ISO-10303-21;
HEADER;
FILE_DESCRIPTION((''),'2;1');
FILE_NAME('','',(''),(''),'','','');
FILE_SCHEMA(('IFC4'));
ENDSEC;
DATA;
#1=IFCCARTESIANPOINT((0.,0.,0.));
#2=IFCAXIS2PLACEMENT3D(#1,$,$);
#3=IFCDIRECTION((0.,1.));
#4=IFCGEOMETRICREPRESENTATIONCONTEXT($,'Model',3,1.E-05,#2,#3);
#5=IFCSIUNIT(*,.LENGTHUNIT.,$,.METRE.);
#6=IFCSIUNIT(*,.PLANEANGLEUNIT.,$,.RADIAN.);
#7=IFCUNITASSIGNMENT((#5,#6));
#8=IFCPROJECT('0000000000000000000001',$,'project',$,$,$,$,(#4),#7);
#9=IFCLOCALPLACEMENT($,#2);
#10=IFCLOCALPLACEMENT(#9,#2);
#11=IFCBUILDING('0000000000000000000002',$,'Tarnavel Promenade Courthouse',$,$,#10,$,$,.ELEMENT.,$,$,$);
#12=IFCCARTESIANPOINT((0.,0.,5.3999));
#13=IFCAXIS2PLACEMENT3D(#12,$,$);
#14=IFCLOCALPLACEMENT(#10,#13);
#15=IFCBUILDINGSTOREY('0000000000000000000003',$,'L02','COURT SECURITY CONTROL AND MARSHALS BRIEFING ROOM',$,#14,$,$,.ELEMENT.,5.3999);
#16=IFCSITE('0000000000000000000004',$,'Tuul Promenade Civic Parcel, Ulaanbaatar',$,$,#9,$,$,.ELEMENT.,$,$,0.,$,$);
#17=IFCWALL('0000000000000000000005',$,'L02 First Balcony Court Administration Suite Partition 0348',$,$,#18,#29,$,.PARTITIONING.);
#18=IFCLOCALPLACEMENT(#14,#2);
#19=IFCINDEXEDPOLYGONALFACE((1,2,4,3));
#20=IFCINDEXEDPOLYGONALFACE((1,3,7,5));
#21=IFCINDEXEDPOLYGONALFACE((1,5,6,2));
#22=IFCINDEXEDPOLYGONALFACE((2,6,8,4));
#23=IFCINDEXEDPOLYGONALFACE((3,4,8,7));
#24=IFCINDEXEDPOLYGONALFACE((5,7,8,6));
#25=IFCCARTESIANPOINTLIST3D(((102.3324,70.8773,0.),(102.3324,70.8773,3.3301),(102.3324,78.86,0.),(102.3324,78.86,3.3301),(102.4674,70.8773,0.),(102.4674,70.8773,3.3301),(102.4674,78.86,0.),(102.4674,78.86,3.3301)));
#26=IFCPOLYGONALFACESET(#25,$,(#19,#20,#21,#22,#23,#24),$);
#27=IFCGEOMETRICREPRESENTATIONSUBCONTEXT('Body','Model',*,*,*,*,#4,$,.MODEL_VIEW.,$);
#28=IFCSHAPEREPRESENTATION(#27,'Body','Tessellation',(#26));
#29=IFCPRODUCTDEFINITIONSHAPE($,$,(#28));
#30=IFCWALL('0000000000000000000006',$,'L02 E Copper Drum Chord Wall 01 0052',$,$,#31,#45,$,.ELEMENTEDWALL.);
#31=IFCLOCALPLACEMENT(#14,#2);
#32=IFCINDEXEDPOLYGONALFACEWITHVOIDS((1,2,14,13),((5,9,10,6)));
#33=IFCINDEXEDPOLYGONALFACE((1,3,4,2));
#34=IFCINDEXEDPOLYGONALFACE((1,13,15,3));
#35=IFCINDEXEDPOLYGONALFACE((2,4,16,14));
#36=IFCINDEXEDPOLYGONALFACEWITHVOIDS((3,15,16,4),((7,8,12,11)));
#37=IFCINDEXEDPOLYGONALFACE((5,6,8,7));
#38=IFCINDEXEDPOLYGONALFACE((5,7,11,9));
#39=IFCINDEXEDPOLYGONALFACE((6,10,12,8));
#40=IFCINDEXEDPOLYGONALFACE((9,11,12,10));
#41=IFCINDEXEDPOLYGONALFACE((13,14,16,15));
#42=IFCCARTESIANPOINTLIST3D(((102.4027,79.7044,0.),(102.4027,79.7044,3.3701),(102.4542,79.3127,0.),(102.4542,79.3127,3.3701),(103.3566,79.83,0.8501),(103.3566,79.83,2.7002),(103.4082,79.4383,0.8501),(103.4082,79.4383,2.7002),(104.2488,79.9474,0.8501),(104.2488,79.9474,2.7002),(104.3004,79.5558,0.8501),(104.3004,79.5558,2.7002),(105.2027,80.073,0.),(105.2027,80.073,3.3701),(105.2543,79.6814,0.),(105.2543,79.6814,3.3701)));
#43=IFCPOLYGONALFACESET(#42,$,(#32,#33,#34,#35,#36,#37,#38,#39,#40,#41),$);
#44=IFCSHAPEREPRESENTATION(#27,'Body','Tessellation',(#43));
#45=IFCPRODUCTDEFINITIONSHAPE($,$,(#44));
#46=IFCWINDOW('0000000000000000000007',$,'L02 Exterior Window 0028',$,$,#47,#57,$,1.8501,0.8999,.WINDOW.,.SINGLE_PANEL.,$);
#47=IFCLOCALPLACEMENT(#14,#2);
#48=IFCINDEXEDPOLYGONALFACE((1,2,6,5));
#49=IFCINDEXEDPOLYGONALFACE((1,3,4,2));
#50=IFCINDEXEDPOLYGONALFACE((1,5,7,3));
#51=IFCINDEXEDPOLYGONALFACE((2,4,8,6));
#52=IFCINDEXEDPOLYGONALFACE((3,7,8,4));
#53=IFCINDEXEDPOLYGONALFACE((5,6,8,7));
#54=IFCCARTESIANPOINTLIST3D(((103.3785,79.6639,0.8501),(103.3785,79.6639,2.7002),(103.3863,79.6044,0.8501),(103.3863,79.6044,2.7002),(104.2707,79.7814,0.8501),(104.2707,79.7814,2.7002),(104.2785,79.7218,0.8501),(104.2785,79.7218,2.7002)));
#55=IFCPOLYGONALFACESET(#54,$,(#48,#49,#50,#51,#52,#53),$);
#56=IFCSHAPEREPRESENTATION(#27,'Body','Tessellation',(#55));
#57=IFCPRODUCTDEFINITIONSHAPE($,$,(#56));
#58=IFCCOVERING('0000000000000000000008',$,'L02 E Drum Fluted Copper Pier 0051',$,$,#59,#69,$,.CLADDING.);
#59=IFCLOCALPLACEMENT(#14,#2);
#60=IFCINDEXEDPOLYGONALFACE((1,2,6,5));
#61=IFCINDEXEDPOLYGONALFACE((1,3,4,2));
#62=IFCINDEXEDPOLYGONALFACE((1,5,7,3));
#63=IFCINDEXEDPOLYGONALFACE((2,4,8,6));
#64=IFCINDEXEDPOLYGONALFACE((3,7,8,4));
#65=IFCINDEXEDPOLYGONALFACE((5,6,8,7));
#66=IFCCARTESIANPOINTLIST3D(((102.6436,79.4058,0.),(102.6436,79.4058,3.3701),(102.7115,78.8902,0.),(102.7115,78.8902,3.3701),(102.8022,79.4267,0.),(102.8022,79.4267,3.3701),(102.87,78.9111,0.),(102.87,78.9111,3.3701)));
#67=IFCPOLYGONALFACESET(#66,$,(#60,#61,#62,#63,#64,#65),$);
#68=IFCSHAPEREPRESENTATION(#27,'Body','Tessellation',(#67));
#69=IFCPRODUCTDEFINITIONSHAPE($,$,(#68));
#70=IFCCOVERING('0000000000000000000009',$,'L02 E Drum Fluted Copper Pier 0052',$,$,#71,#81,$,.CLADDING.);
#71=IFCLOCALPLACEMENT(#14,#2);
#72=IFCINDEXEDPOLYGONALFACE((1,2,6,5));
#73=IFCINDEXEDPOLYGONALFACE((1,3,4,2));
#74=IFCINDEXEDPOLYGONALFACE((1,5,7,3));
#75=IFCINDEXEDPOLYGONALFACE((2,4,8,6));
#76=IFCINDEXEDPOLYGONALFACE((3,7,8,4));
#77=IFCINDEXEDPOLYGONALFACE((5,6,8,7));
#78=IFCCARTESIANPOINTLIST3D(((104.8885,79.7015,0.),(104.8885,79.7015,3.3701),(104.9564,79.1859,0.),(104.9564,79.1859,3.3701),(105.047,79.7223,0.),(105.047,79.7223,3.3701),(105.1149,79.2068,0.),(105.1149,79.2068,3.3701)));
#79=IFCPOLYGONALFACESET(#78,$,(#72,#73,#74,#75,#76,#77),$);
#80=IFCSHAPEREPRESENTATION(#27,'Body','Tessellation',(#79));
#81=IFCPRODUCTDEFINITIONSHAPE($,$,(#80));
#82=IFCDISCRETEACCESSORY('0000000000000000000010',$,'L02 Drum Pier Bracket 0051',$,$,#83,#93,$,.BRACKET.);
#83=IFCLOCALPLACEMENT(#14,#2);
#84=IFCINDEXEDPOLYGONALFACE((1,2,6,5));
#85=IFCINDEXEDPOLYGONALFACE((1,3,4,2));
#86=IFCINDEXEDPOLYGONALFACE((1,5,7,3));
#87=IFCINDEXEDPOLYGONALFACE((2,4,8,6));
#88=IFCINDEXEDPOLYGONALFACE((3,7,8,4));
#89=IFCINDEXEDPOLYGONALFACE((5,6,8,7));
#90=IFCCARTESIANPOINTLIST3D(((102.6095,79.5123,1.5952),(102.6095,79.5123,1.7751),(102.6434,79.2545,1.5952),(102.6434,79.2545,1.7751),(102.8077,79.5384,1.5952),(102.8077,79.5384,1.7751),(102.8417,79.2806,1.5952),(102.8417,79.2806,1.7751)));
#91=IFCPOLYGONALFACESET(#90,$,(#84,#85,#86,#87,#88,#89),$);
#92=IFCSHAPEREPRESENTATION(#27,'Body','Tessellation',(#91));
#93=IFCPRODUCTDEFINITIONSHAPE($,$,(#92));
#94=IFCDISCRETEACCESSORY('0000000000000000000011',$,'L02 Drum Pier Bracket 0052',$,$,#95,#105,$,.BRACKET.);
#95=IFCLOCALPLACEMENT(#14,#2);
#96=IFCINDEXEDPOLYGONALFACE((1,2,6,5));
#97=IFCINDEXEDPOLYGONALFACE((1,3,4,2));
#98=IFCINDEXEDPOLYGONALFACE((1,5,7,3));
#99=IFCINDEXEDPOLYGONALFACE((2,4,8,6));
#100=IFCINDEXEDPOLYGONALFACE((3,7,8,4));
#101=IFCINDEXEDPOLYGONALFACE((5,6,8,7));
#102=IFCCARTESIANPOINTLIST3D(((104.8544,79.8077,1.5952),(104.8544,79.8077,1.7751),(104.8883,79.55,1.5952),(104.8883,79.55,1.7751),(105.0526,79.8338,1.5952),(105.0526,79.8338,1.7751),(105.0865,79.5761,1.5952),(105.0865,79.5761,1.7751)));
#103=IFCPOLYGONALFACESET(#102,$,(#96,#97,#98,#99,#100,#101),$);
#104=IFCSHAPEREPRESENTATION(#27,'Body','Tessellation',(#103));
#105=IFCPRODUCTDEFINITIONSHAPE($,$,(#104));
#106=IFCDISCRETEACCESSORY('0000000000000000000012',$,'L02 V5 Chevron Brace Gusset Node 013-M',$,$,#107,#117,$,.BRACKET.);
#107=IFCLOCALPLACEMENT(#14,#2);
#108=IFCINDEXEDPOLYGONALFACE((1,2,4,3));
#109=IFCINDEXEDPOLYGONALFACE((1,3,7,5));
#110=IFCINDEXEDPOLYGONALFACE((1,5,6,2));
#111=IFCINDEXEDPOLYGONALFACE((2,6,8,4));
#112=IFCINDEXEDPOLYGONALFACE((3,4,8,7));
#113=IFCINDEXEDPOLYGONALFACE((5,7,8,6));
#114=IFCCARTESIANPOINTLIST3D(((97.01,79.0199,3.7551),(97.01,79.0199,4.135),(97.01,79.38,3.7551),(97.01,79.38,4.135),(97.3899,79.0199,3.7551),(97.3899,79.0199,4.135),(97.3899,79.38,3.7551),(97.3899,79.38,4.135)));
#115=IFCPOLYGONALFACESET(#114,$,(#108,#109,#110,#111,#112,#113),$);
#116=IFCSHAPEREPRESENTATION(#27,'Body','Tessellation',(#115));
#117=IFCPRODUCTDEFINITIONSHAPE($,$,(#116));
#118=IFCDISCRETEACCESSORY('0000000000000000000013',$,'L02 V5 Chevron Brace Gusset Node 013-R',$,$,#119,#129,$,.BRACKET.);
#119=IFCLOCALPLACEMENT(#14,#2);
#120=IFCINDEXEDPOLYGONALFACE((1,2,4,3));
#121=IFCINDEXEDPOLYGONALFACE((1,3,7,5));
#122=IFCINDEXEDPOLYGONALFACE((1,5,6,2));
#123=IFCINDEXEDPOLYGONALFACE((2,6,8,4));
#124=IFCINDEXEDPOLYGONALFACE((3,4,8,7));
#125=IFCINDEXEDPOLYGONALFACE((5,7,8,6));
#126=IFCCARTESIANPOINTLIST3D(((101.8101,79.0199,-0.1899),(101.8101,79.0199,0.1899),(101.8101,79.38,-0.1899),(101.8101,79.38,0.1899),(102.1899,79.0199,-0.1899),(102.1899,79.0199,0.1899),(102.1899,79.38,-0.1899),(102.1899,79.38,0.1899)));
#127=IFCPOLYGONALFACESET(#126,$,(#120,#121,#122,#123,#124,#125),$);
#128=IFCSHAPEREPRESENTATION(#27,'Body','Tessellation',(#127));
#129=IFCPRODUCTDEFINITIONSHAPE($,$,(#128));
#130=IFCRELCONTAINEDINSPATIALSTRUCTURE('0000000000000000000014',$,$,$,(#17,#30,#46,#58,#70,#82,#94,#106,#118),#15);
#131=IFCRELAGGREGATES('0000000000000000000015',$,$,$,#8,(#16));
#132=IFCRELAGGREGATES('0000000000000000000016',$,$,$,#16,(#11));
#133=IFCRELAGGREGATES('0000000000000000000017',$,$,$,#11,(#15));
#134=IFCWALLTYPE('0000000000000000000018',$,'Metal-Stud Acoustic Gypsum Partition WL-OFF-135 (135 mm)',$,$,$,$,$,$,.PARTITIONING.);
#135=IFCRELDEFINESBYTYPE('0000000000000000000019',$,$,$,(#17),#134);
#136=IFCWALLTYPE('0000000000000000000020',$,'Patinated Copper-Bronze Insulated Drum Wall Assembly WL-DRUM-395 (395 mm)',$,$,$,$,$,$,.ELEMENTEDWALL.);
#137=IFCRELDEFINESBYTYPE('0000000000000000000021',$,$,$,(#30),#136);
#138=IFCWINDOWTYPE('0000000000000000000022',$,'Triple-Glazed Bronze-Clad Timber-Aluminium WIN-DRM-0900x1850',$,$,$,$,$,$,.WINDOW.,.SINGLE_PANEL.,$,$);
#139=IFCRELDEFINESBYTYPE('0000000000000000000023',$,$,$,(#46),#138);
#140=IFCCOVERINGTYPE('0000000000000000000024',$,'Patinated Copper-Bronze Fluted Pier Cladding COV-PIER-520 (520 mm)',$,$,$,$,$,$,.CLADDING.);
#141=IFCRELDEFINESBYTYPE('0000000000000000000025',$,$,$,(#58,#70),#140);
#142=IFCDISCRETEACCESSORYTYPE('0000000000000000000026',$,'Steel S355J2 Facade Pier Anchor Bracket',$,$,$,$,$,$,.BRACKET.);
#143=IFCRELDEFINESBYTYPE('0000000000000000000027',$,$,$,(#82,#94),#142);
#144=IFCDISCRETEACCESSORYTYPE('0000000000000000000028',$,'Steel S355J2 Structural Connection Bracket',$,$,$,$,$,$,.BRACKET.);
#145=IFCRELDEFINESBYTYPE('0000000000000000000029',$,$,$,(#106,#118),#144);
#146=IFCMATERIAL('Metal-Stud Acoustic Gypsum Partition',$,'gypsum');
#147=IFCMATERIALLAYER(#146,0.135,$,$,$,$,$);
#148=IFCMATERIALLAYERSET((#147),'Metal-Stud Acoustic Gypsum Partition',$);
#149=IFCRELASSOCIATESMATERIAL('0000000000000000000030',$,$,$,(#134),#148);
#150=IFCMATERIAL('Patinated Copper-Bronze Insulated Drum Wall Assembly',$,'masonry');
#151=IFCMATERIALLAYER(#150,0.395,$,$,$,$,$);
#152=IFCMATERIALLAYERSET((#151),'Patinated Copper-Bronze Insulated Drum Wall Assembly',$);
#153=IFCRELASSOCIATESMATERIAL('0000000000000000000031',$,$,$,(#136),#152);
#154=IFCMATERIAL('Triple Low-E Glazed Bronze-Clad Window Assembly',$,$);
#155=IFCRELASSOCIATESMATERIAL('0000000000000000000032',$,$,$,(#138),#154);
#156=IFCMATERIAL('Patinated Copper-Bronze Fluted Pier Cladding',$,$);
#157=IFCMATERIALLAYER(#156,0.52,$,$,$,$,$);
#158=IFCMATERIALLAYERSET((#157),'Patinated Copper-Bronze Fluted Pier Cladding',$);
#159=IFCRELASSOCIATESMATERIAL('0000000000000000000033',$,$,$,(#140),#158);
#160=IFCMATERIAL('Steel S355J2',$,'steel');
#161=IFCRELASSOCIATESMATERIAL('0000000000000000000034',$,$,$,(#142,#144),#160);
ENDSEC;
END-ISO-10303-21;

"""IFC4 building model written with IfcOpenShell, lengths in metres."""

from ifc_helpers import new_model, si_unit, direction, frame, frame_2d, origin, origin_2d, place, context, subcontext, project, spatial, rectangle, extrude, material, layer, layer_set, type_object, element, fill, save


model = new_model("IFC4")

# Units and contexts
model_context = context("Model", 3, precision=1e-05, world=origin(), true_north=direction((0.0, 1.0)))
body_context = subcontext(model_context, "Body", "Model", "MODEL_VIEW")
ifc_project = project(units=[si_unit("LENGTHUNIT", "METRE"), si_unit("PLANEANGLEUNIT", "RADIAN")], contexts=[model_context])

# Site, building, storey
site_placement = place(None, origin())
site = spatial("IfcSite", under=ifc_project, at=site_placement, Name="Tuul Promenade Civic Parcel, Ulaanbaatar", CompositionType="ELEMENT", RefElevation=0.0)
building_placement = place(site_placement, origin())
building = spatial("IfcBuilding", under=site, at=building_placement, Name="Tarnavel Promenade Courthouse", CompositionType="ELEMENT")
storey_placement = place(building_placement, frame((0.0, 0.0, 5.3999)))
storey = spatial("IfcBuildingStorey", under=building, at=storey_placement, Name="L02", Description="COURT SECURITY CONTROL AND MARSHALS BRIEFING ROOM", CompositionType="ELEMENT", Elevation=5.3999)

# Shared definitions
ifc_material_1 = material(Name="Steel S355J2", Category="steel")

# Shared definitions
ifc_material_2 = material(Name="Metal-Stud Acoustic Gypsum Partition", Category="gypsum")
ifc_layer_1 = layer(ifc_material_2, 0.135)
ifc_layer_set_1 = layer_set([ifc_layer_1], Name="Metal-Stud Acoustic Gypsum Partition")
wall_type_1 = type_object("IfcWallType", Name="Metal-Stud Acoustic Gypsum Partition WL-OFF-135 (135 mm)", PredefinedType="PARTITIONING", material=ifc_layer_set_1)

# Wall
wall_1_placement = place(storey_placement, frame((102.3999, 70.8774, 0.0), z_axis=(0.0, 0.0, 1.0), x_axis=(0.0, 1.0, 0.0)))
element("IfcWall", 1, at=wall_1_placement, inside=storey, type_object=wall_type_1, Name="L02 First Balcony Court Administration Suite Partition 0348", PredefinedType="PARTITIONING", context=body_context, shape_type="SweptSolid", body=[
    extrude(rectangle(XDim=7.9827, YDim=0.135, at=frame_2d((3.9912, 0.0))), origin(), (0.0, 0.0, 1.0), 3.3301),
])

# Wall, opening, window
ifc_material_3 = material(Name="Patinated Copper-Bronze Insulated Drum Wall Assembly", Category="masonry")
ifc_layer_2 = layer(ifc_material_3, 0.395)
ifc_layer_set_2 = layer_set([ifc_layer_2], Name="Patinated Copper-Bronze Insulated Drum Wall Assembly")
wall_type_2 = type_object("IfcWallType", Name="Patinated Copper-Bronze Insulated Drum Wall Assembly WL-DRUM-395 (395 mm)", PredefinedType="ELEMENTEDWALL", material=ifc_layer_set_2)
wall_2_placement = place(storey_placement, frame((102.4285, 79.5085, 0.0), z_axis=(0.0, 0.0, 1.0), x_axis=(0.991444, 0.130533, 0.0)))
wall_2 = element("IfcWall", 2, at=wall_2_placement, inside=storey, type_object=wall_type_2, Name="L02 E Copper Drum Chord Wall 01 0052", PredefinedType="ELEMENTEDWALL", context=body_context, shape_type="SweptSolid", body=[
    extrude(rectangle(XDim=2.8242, YDim=0.395, at=frame_2d((1.4121, 0.0))), origin(), (0.0, 0.0, 1.0), 3.3701),
])
opening_1_placement = place(wall_2_placement, frame((0.9622, 0.0, 0.8501)))
opening_1 = element("IfcOpeningElement", 3, at=opening_1_placement, cuts=wall_2, PredefinedType="OPENING", context=body_context, shape_type="SweptSolid", body=[
    extrude(rectangle(XDim=0.8999, YDim=1.8501, at=frame_2d((0.45, 0.925))), frame((0.0, 0.2075, 0.0), z_axis=(0.0, -1.0, 0.0), x_axis=(1.0, 0.0, 0.0)), (0.0, 0.0, 1.0), 0.415),
])
ifc_material_4 = material(Name="Triple Low-E Glazed Bronze-Clad Window Assembly")
window_type = type_object("IfcWindowType", Name="Triple-Glazed Bronze-Clad Timber-Aluminium WIN-DRM-0900x1850", PartitioningType="SINGLE_PANEL", PredefinedType="WINDOW", material=ifc_material_4)
window_placement = place(opening_1_placement, origin())
window = element("IfcWindow", 4, at=window_placement, inside=storey, type_object=window_type, Name="L02 Exterior Window 0028", OverallHeight=1.8501, OverallWidth=0.8999, PartitioningType="SINGLE_PANEL", PredefinedType="WINDOW", context=body_context, shape_type="SweptSolid", body=[
    extrude(rectangle(XDim=0.8999, YDim=1.8501, at=frame_2d((0.45, 0.925))), frame((0.0, 0.03, 0.0), z_axis=(0.0, -1.0, 0.0), x_axis=(1.0, 0.0, 0.0)), (0.0, 0.0, 1.0), 0.0601),
])
fill(opening_1, window)

# Coverings
ifc_material_5 = material(Name="Patinated Copper-Bronze Fluted Pier Cladding")
ifc_layer_3 = layer(ifc_material_5, 0.52)
ifc_layer_set_3 = layer_set([ifc_layer_3], Name="Patinated Copper-Bronze Fluted Pier Cladding")
covering_type = type_object("IfcCoveringType", Name="Patinated Copper-Bronze Fluted Pier Cladding COV-PIER-520 (520 mm)", PredefinedType="CLADDING", material=ifc_layer_set_3)
for number, where, z_axis, x_axis, name in (
    (5, (102.7568, 79.1584, 0.0), (0.0, 0.0, 1.0), (0.991445, 0.130526, 0.0), "L02 E Drum Fluted Copper Pier 0051"),
    (6, (105.0017, 79.4541, 0.0), (0.0, 0.0, 1.0), (0.991445, 0.130526, 0.0), "L02 E Drum Fluted Copper Pier 0052"),
):
    element("IfcCovering", number, at=place(storey_placement, frame(where, z_axis=z_axis, x_axis=x_axis)), inside=storey, type_object=covering_type, Name=name, PredefinedType="CLADDING", context=body_context, shape_type="SweptSolid", body=[
        extrude(rectangle(XDim=0.1599, YDim=0.52, at=origin_2d()), origin(), (0.0, 0.0, 1.0), 3.3701),
    ])

# Discrete accessories
discrete_accessory_type_1 = type_object("IfcDiscreteAccessoryType", Name="Steel S355J2 Facade Pier Anchor Bracket", PredefinedType="BRACKET", material=ifc_material_1)
for number, where, z_axis, x_axis, name in (
    (7, (102.7256, 79.3965, 1.5952), (0.0, 0.0, 1.0), (0.991445, 0.130526, 0.0), "L02 Drum Pier Bracket 0051"),
    (8, (104.9705, 79.6919, 1.5952), (0.0, 0.0, 1.0), (0.991445, 0.130526, 0.0), "L02 Drum Pier Bracket 0052"),
):
    element("IfcDiscreteAccessory", number, at=place(storey_placement, frame(where, z_axis=z_axis, x_axis=x_axis)), inside=storey, type_object=discrete_accessory_type_1, Name=name, PredefinedType="BRACKET", context=body_context, shape_type="SweptSolid", body=[
        extrude(rectangle(XDim=0.2, YDim=0.26, at=origin_2d()), origin(), (0.0, 0.0, 1.0), 0.1799),
    ])
discrete_accessory_type_2 = type_object("IfcDiscreteAccessoryType", Name="Steel S355J2 Structural Connection Bracket", PredefinedType="BRACKET", material=ifc_material_1)
for number, where, z_axis, x_axis, name in (
    (9, (97.2, 79.2, 3.7551), (0.0, 0.0, 1.0), (1.0, 0.0, 0.0), "L02 V5 Chevron Brace Gusset Node 013-M"),
    (10, (102.0, 79.2, -0.1899), (0.0, 0.0, 1.0), (1.0, 0.0, 0.0), "L02 V5 Chevron Brace Gusset Node 013-R"),
):
    element("IfcDiscreteAccessory", number, at=place(storey_placement, frame(where, z_axis=z_axis, x_axis=x_axis)), inside=storey, type_object=discrete_accessory_type_2, Name=name, PredefinedType="BRACKET", context=body_context, shape_type="SweptSolid", body=[
        extrude(rectangle(XDim=0.3799, YDim=0.3601, at=origin_2d()), origin(), (0.0, 0.0, 1.0), 0.3799),
    ])

save(model, "model.ifc")
